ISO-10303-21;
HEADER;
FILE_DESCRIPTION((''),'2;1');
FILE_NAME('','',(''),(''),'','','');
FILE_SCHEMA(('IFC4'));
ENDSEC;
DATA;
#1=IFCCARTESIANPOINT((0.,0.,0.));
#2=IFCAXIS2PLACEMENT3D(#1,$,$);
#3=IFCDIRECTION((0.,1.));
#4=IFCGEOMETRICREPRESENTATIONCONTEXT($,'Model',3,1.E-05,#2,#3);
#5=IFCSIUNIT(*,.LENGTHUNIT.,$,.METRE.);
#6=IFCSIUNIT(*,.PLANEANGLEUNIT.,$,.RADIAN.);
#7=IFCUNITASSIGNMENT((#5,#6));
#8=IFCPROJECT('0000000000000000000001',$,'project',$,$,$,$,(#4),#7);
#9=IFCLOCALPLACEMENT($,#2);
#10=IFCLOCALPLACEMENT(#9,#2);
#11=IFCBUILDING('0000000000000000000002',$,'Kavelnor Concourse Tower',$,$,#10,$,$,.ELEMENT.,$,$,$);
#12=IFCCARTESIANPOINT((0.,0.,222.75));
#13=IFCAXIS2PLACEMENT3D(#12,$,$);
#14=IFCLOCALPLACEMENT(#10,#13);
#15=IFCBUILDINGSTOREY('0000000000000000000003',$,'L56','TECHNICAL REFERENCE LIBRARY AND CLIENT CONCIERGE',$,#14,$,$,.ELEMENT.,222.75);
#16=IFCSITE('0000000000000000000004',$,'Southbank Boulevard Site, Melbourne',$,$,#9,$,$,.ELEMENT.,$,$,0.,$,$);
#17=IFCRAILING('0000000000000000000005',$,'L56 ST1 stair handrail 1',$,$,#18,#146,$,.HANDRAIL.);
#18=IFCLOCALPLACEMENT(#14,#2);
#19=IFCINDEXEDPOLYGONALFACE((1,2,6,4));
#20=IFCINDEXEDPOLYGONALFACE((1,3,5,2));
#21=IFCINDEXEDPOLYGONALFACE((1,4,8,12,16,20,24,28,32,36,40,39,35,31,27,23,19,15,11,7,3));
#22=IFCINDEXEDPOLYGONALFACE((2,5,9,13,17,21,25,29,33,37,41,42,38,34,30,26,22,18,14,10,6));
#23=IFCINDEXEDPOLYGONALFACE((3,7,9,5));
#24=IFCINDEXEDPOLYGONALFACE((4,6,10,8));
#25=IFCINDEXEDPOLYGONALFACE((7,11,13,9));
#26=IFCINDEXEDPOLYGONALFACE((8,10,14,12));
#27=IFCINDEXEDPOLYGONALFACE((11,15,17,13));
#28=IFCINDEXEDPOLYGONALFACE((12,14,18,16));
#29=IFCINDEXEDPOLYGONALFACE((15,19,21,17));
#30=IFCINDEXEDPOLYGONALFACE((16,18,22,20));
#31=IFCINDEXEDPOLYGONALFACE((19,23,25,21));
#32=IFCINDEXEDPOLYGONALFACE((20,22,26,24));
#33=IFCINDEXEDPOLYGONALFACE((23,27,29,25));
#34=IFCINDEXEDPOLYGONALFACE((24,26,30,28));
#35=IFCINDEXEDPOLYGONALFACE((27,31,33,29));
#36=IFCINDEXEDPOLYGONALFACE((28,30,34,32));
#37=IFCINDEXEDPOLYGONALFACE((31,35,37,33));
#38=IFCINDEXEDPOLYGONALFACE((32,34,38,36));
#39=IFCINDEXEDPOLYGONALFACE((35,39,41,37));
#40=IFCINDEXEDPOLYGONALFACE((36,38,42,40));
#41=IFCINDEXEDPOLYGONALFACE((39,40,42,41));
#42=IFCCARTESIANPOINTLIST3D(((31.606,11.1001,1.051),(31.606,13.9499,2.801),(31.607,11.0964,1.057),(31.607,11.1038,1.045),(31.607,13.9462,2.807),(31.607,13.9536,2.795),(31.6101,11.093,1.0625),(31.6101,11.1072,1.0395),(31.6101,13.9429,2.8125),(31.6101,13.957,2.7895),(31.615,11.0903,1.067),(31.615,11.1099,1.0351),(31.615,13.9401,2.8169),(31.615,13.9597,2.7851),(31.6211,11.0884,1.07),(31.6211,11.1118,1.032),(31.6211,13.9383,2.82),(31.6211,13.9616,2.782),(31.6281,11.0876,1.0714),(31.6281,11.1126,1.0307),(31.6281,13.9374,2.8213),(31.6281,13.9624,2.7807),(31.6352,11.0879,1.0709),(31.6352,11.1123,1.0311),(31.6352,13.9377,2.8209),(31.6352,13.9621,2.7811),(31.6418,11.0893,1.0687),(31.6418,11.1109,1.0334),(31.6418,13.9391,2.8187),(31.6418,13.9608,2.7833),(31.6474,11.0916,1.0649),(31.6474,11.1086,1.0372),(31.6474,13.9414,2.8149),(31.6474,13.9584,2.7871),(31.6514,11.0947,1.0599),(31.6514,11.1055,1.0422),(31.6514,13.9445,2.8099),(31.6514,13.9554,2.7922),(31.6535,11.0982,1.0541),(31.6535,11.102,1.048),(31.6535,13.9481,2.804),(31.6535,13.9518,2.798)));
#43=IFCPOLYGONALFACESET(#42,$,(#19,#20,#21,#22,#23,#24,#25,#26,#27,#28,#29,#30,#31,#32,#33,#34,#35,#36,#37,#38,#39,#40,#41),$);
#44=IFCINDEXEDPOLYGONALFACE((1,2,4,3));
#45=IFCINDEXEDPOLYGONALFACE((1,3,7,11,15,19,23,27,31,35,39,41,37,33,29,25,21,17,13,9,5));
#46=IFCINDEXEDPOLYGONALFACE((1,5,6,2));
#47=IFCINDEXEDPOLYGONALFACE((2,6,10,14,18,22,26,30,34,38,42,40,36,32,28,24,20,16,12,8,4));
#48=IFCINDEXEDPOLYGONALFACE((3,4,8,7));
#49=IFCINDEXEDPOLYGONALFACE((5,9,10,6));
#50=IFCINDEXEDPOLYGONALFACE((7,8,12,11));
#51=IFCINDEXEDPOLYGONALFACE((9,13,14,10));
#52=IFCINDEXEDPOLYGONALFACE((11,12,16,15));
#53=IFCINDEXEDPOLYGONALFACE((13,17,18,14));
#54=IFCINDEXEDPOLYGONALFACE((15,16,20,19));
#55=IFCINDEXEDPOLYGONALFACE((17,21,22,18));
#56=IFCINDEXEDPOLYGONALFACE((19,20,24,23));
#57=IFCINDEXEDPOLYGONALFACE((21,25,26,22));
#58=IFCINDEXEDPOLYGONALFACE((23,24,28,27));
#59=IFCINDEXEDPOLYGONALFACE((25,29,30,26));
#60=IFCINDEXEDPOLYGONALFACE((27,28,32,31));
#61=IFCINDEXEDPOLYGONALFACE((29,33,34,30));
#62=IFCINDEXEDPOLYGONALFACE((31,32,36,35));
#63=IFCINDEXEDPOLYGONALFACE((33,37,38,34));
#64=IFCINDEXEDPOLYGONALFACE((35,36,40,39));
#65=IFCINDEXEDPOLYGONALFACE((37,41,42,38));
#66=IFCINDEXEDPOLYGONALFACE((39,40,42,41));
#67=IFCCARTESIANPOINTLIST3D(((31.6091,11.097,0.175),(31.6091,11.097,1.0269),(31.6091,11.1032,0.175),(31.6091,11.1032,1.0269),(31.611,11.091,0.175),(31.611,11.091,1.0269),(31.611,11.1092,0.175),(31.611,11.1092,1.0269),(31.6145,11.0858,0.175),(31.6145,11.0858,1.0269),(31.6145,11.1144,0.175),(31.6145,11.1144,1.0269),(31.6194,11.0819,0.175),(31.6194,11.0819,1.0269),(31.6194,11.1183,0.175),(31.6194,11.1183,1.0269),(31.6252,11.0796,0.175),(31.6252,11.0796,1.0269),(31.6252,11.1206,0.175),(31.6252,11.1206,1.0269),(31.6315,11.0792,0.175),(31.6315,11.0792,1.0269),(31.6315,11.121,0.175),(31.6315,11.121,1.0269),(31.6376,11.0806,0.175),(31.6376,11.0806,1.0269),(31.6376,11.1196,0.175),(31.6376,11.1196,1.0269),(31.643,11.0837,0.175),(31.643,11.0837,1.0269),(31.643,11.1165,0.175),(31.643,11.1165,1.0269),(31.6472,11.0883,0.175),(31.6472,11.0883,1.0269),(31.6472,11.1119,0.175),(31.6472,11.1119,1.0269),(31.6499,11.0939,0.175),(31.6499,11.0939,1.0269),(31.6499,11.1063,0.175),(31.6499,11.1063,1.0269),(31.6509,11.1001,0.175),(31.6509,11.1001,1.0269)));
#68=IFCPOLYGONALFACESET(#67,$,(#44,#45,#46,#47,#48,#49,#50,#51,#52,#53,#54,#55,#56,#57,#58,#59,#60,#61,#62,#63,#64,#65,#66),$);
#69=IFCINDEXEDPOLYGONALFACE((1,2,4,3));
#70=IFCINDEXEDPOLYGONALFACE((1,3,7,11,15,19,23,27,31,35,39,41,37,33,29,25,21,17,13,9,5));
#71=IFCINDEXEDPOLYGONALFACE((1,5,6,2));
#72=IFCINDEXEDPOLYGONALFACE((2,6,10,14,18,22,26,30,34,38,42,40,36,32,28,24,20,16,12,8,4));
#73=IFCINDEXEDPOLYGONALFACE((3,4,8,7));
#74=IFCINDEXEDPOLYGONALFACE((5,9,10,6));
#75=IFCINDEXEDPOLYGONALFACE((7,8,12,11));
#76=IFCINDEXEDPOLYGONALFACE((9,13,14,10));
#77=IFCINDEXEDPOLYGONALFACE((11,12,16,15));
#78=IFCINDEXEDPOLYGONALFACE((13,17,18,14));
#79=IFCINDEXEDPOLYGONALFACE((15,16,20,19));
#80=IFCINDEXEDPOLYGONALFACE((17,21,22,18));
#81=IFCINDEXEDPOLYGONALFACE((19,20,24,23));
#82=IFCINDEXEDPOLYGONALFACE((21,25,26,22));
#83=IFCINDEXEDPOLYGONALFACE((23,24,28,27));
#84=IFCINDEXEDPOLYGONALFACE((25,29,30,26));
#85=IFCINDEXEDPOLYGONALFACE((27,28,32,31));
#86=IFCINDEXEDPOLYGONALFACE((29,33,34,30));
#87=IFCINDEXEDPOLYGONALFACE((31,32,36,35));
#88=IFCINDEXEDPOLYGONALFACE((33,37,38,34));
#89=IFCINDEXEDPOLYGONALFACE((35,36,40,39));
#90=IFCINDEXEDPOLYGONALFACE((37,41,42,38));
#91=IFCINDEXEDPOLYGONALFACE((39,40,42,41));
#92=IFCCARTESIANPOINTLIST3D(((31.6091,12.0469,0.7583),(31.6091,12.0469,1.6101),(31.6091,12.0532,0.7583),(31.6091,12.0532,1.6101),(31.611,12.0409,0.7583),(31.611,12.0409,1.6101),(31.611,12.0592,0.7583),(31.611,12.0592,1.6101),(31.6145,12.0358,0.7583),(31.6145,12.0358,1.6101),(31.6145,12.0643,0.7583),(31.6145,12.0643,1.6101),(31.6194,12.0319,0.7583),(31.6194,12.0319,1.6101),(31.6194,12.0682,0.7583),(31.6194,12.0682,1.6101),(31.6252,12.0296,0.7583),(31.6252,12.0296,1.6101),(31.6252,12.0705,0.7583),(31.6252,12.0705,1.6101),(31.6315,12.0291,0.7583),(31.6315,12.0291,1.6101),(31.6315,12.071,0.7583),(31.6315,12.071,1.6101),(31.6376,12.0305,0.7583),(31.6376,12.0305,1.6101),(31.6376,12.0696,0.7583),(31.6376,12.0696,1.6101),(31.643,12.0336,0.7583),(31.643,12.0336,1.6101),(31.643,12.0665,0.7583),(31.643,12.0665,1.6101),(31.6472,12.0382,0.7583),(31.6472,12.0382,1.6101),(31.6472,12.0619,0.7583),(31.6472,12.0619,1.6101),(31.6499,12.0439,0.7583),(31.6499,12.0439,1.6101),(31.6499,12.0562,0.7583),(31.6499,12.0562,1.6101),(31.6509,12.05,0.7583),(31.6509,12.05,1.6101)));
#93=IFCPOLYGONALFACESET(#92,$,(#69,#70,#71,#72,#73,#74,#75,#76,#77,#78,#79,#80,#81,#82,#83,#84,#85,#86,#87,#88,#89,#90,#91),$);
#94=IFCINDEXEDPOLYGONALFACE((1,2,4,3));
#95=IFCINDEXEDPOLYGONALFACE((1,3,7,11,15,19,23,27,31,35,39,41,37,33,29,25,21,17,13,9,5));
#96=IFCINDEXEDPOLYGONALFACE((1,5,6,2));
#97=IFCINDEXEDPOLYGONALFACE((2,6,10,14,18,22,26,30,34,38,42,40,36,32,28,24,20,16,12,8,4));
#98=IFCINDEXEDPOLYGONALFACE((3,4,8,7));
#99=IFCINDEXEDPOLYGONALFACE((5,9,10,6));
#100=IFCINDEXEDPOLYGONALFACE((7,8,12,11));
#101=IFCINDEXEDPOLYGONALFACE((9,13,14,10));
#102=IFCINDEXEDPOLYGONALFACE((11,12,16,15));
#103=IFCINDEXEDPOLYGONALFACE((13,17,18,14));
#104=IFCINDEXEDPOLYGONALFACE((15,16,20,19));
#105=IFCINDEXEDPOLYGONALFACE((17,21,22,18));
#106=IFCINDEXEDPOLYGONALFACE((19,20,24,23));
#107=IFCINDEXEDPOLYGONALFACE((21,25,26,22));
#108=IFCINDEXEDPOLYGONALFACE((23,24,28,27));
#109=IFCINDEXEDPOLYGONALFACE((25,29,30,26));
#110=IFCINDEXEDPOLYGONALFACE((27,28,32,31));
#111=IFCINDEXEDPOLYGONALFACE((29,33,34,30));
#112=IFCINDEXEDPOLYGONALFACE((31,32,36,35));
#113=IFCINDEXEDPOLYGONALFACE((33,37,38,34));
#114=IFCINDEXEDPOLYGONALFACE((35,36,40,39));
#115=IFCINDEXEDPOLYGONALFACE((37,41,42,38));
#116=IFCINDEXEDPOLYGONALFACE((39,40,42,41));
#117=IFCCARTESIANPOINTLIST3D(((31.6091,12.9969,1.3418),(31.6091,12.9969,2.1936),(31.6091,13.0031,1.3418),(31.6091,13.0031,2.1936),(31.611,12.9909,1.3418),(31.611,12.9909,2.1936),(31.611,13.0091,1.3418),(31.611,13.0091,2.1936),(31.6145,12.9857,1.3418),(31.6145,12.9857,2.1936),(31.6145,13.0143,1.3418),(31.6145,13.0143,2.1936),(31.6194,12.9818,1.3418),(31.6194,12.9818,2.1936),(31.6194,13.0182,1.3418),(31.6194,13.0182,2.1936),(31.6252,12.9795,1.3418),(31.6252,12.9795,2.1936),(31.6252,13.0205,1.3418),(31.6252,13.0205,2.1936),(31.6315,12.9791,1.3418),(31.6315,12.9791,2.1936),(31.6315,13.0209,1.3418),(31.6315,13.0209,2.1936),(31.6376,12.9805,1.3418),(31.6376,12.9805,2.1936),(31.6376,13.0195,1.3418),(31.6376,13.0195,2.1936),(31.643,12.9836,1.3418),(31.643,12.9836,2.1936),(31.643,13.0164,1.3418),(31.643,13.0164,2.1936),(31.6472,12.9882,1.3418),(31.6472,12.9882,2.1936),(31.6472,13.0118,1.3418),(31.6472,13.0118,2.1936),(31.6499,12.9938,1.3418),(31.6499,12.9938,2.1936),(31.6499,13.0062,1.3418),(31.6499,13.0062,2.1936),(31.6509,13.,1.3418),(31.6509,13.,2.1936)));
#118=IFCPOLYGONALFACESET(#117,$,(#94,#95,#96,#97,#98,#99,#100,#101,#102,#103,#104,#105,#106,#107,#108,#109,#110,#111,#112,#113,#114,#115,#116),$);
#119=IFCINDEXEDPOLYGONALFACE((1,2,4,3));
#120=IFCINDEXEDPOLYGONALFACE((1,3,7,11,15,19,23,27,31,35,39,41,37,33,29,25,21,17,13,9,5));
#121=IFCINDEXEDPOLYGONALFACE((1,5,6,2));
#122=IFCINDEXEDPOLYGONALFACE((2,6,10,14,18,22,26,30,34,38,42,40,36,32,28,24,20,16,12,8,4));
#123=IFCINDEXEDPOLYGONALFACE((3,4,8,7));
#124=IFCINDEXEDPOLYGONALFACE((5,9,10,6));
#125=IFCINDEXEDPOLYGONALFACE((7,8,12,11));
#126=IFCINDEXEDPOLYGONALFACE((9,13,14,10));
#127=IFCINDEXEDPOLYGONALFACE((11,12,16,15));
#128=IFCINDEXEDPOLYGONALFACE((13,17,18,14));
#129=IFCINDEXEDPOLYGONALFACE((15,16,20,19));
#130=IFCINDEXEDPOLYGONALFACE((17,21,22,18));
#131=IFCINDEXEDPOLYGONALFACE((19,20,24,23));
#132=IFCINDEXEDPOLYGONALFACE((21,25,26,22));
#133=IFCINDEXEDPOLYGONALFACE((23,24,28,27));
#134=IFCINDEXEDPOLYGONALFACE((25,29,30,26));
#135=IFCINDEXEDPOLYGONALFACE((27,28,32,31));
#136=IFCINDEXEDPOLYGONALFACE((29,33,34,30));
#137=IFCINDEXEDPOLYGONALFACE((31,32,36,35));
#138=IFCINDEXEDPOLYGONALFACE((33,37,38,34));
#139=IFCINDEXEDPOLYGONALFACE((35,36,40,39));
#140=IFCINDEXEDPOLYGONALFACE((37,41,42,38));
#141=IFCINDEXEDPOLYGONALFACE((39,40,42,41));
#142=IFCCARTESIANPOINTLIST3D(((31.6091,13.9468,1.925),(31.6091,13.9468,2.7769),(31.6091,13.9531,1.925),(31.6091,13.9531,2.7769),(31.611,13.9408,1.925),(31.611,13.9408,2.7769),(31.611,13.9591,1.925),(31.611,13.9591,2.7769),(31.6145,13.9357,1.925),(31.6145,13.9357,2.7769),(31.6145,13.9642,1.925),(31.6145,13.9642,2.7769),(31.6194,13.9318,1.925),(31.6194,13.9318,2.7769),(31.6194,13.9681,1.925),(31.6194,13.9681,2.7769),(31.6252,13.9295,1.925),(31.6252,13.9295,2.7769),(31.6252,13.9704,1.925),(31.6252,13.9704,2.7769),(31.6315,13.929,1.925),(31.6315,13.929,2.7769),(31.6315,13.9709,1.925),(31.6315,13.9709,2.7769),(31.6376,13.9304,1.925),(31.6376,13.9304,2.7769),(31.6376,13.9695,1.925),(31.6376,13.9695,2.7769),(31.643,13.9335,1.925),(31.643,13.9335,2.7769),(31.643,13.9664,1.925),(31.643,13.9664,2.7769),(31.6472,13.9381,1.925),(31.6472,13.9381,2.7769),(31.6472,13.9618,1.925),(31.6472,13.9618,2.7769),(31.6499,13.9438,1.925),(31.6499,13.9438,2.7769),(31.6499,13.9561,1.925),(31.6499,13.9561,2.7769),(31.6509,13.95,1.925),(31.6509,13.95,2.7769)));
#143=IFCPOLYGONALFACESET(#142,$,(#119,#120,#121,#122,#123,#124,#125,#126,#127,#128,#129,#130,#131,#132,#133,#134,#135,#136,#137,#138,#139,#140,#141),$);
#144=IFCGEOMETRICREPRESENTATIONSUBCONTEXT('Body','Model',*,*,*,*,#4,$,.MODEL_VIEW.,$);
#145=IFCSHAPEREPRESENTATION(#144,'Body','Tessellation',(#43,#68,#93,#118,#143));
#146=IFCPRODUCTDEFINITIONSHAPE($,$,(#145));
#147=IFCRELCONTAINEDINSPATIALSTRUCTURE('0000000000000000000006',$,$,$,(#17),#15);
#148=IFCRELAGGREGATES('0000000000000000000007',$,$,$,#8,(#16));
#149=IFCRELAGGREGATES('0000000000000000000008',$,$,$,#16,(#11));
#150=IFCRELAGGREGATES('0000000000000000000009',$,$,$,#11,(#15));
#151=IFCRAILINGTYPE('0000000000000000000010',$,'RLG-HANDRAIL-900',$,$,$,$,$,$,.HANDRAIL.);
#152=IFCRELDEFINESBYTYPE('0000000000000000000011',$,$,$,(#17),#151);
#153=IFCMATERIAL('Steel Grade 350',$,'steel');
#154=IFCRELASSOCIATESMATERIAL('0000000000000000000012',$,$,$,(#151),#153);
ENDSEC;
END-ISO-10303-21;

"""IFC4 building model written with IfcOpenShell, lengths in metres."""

from ifc_helpers import new_model, si_unit, direction, frame, origin, origin_2d, place, context, subcontext, project, spatial, circle, extrude, material, type_object, element, save


model = new_model("IFC4")

# Units and contexts
model_context = context("Model", 3, precision=1e-05, world=origin(), true_north=direction((0.0, 1.0)))
body_context = subcontext(model_context, "Body", "Model", "MODEL_VIEW")
ifc_project = project(units=[si_unit("LENGTHUNIT", "METRE"), si_unit("PLANEANGLEUNIT", "RADIAN")], contexts=[model_context])

# Site, building, storey
site_placement = place(None, origin())
site = spatial("IfcSite", under=ifc_project, at=site_placement, Name="Southbank Boulevard Site, Melbourne", CompositionType="ELEMENT", RefElevation=0.0)
building_placement = place(site_placement, origin())
building = spatial("IfcBuilding", under=site, at=building_placement, Name="Kavelnor Concourse Tower", CompositionType="ELEMENT")
storey_placement = place(building_placement, frame((0.0, 0.0, 222.75)))
storey = spatial("IfcBuildingStorey", under=building, at=storey_placement, Name="L56", Description="TECHNICAL REFERENCE LIBRARY AND CLIENT CONCIERGE", CompositionType="ELEMENT", Elevation=222.75)

# Shared definitions
ifc_material_1 = material(Name="Steel Grade 350", Category="steel")

# Railing
railing_type_1 = type_object("IfcRailingType", Name="RLG-HANDRAIL-900", PredefinedType="HANDRAIL", material=ifc_material_1)
railing_1_placement = place(storey_placement, frame((31.6299, 11.1001, 0.175)))
element("IfcRailing", 1, at=railing_1_placement, inside=storey, type_object=railing_type_1, Name="L56 ST1 stair handrail 1", PredefinedType="HANDRAIL", context=body_context, shape_type="SweptSolid", body=[
    extrude(circle(Radius=0.0239, at=origin_2d()), frame((0.0, 0.0, 0.876), z_axis=(0.0, 0.852159, 0.523283), x_axis=(-1.0, 0.0, 0.0)), (0.0, 0.0, 1.0), 3.3442),
    extrude(circle(Radius=0.021, at=origin_2d()), origin(), (0.0, 0.0, 1.0), 0.8518),
    extrude(circle(Radius=0.021, at=origin_2d()), frame((0.0, 0.95, 0.5833)), (0.0, 0.0, 1.0), 0.8518),
    extrude(circle(Radius=0.021, at=origin_2d()), frame((0.0, 1.8999, 1.1667)), (0.0, 0.0, 1.0), 0.8518),
    extrude(circle(Radius=0.021, at=origin_2d()), frame((0.0, 2.8499, 1.75)), (0.0, 0.0, 1.0), 0.8518),
])

save(model, "model.ifc")
